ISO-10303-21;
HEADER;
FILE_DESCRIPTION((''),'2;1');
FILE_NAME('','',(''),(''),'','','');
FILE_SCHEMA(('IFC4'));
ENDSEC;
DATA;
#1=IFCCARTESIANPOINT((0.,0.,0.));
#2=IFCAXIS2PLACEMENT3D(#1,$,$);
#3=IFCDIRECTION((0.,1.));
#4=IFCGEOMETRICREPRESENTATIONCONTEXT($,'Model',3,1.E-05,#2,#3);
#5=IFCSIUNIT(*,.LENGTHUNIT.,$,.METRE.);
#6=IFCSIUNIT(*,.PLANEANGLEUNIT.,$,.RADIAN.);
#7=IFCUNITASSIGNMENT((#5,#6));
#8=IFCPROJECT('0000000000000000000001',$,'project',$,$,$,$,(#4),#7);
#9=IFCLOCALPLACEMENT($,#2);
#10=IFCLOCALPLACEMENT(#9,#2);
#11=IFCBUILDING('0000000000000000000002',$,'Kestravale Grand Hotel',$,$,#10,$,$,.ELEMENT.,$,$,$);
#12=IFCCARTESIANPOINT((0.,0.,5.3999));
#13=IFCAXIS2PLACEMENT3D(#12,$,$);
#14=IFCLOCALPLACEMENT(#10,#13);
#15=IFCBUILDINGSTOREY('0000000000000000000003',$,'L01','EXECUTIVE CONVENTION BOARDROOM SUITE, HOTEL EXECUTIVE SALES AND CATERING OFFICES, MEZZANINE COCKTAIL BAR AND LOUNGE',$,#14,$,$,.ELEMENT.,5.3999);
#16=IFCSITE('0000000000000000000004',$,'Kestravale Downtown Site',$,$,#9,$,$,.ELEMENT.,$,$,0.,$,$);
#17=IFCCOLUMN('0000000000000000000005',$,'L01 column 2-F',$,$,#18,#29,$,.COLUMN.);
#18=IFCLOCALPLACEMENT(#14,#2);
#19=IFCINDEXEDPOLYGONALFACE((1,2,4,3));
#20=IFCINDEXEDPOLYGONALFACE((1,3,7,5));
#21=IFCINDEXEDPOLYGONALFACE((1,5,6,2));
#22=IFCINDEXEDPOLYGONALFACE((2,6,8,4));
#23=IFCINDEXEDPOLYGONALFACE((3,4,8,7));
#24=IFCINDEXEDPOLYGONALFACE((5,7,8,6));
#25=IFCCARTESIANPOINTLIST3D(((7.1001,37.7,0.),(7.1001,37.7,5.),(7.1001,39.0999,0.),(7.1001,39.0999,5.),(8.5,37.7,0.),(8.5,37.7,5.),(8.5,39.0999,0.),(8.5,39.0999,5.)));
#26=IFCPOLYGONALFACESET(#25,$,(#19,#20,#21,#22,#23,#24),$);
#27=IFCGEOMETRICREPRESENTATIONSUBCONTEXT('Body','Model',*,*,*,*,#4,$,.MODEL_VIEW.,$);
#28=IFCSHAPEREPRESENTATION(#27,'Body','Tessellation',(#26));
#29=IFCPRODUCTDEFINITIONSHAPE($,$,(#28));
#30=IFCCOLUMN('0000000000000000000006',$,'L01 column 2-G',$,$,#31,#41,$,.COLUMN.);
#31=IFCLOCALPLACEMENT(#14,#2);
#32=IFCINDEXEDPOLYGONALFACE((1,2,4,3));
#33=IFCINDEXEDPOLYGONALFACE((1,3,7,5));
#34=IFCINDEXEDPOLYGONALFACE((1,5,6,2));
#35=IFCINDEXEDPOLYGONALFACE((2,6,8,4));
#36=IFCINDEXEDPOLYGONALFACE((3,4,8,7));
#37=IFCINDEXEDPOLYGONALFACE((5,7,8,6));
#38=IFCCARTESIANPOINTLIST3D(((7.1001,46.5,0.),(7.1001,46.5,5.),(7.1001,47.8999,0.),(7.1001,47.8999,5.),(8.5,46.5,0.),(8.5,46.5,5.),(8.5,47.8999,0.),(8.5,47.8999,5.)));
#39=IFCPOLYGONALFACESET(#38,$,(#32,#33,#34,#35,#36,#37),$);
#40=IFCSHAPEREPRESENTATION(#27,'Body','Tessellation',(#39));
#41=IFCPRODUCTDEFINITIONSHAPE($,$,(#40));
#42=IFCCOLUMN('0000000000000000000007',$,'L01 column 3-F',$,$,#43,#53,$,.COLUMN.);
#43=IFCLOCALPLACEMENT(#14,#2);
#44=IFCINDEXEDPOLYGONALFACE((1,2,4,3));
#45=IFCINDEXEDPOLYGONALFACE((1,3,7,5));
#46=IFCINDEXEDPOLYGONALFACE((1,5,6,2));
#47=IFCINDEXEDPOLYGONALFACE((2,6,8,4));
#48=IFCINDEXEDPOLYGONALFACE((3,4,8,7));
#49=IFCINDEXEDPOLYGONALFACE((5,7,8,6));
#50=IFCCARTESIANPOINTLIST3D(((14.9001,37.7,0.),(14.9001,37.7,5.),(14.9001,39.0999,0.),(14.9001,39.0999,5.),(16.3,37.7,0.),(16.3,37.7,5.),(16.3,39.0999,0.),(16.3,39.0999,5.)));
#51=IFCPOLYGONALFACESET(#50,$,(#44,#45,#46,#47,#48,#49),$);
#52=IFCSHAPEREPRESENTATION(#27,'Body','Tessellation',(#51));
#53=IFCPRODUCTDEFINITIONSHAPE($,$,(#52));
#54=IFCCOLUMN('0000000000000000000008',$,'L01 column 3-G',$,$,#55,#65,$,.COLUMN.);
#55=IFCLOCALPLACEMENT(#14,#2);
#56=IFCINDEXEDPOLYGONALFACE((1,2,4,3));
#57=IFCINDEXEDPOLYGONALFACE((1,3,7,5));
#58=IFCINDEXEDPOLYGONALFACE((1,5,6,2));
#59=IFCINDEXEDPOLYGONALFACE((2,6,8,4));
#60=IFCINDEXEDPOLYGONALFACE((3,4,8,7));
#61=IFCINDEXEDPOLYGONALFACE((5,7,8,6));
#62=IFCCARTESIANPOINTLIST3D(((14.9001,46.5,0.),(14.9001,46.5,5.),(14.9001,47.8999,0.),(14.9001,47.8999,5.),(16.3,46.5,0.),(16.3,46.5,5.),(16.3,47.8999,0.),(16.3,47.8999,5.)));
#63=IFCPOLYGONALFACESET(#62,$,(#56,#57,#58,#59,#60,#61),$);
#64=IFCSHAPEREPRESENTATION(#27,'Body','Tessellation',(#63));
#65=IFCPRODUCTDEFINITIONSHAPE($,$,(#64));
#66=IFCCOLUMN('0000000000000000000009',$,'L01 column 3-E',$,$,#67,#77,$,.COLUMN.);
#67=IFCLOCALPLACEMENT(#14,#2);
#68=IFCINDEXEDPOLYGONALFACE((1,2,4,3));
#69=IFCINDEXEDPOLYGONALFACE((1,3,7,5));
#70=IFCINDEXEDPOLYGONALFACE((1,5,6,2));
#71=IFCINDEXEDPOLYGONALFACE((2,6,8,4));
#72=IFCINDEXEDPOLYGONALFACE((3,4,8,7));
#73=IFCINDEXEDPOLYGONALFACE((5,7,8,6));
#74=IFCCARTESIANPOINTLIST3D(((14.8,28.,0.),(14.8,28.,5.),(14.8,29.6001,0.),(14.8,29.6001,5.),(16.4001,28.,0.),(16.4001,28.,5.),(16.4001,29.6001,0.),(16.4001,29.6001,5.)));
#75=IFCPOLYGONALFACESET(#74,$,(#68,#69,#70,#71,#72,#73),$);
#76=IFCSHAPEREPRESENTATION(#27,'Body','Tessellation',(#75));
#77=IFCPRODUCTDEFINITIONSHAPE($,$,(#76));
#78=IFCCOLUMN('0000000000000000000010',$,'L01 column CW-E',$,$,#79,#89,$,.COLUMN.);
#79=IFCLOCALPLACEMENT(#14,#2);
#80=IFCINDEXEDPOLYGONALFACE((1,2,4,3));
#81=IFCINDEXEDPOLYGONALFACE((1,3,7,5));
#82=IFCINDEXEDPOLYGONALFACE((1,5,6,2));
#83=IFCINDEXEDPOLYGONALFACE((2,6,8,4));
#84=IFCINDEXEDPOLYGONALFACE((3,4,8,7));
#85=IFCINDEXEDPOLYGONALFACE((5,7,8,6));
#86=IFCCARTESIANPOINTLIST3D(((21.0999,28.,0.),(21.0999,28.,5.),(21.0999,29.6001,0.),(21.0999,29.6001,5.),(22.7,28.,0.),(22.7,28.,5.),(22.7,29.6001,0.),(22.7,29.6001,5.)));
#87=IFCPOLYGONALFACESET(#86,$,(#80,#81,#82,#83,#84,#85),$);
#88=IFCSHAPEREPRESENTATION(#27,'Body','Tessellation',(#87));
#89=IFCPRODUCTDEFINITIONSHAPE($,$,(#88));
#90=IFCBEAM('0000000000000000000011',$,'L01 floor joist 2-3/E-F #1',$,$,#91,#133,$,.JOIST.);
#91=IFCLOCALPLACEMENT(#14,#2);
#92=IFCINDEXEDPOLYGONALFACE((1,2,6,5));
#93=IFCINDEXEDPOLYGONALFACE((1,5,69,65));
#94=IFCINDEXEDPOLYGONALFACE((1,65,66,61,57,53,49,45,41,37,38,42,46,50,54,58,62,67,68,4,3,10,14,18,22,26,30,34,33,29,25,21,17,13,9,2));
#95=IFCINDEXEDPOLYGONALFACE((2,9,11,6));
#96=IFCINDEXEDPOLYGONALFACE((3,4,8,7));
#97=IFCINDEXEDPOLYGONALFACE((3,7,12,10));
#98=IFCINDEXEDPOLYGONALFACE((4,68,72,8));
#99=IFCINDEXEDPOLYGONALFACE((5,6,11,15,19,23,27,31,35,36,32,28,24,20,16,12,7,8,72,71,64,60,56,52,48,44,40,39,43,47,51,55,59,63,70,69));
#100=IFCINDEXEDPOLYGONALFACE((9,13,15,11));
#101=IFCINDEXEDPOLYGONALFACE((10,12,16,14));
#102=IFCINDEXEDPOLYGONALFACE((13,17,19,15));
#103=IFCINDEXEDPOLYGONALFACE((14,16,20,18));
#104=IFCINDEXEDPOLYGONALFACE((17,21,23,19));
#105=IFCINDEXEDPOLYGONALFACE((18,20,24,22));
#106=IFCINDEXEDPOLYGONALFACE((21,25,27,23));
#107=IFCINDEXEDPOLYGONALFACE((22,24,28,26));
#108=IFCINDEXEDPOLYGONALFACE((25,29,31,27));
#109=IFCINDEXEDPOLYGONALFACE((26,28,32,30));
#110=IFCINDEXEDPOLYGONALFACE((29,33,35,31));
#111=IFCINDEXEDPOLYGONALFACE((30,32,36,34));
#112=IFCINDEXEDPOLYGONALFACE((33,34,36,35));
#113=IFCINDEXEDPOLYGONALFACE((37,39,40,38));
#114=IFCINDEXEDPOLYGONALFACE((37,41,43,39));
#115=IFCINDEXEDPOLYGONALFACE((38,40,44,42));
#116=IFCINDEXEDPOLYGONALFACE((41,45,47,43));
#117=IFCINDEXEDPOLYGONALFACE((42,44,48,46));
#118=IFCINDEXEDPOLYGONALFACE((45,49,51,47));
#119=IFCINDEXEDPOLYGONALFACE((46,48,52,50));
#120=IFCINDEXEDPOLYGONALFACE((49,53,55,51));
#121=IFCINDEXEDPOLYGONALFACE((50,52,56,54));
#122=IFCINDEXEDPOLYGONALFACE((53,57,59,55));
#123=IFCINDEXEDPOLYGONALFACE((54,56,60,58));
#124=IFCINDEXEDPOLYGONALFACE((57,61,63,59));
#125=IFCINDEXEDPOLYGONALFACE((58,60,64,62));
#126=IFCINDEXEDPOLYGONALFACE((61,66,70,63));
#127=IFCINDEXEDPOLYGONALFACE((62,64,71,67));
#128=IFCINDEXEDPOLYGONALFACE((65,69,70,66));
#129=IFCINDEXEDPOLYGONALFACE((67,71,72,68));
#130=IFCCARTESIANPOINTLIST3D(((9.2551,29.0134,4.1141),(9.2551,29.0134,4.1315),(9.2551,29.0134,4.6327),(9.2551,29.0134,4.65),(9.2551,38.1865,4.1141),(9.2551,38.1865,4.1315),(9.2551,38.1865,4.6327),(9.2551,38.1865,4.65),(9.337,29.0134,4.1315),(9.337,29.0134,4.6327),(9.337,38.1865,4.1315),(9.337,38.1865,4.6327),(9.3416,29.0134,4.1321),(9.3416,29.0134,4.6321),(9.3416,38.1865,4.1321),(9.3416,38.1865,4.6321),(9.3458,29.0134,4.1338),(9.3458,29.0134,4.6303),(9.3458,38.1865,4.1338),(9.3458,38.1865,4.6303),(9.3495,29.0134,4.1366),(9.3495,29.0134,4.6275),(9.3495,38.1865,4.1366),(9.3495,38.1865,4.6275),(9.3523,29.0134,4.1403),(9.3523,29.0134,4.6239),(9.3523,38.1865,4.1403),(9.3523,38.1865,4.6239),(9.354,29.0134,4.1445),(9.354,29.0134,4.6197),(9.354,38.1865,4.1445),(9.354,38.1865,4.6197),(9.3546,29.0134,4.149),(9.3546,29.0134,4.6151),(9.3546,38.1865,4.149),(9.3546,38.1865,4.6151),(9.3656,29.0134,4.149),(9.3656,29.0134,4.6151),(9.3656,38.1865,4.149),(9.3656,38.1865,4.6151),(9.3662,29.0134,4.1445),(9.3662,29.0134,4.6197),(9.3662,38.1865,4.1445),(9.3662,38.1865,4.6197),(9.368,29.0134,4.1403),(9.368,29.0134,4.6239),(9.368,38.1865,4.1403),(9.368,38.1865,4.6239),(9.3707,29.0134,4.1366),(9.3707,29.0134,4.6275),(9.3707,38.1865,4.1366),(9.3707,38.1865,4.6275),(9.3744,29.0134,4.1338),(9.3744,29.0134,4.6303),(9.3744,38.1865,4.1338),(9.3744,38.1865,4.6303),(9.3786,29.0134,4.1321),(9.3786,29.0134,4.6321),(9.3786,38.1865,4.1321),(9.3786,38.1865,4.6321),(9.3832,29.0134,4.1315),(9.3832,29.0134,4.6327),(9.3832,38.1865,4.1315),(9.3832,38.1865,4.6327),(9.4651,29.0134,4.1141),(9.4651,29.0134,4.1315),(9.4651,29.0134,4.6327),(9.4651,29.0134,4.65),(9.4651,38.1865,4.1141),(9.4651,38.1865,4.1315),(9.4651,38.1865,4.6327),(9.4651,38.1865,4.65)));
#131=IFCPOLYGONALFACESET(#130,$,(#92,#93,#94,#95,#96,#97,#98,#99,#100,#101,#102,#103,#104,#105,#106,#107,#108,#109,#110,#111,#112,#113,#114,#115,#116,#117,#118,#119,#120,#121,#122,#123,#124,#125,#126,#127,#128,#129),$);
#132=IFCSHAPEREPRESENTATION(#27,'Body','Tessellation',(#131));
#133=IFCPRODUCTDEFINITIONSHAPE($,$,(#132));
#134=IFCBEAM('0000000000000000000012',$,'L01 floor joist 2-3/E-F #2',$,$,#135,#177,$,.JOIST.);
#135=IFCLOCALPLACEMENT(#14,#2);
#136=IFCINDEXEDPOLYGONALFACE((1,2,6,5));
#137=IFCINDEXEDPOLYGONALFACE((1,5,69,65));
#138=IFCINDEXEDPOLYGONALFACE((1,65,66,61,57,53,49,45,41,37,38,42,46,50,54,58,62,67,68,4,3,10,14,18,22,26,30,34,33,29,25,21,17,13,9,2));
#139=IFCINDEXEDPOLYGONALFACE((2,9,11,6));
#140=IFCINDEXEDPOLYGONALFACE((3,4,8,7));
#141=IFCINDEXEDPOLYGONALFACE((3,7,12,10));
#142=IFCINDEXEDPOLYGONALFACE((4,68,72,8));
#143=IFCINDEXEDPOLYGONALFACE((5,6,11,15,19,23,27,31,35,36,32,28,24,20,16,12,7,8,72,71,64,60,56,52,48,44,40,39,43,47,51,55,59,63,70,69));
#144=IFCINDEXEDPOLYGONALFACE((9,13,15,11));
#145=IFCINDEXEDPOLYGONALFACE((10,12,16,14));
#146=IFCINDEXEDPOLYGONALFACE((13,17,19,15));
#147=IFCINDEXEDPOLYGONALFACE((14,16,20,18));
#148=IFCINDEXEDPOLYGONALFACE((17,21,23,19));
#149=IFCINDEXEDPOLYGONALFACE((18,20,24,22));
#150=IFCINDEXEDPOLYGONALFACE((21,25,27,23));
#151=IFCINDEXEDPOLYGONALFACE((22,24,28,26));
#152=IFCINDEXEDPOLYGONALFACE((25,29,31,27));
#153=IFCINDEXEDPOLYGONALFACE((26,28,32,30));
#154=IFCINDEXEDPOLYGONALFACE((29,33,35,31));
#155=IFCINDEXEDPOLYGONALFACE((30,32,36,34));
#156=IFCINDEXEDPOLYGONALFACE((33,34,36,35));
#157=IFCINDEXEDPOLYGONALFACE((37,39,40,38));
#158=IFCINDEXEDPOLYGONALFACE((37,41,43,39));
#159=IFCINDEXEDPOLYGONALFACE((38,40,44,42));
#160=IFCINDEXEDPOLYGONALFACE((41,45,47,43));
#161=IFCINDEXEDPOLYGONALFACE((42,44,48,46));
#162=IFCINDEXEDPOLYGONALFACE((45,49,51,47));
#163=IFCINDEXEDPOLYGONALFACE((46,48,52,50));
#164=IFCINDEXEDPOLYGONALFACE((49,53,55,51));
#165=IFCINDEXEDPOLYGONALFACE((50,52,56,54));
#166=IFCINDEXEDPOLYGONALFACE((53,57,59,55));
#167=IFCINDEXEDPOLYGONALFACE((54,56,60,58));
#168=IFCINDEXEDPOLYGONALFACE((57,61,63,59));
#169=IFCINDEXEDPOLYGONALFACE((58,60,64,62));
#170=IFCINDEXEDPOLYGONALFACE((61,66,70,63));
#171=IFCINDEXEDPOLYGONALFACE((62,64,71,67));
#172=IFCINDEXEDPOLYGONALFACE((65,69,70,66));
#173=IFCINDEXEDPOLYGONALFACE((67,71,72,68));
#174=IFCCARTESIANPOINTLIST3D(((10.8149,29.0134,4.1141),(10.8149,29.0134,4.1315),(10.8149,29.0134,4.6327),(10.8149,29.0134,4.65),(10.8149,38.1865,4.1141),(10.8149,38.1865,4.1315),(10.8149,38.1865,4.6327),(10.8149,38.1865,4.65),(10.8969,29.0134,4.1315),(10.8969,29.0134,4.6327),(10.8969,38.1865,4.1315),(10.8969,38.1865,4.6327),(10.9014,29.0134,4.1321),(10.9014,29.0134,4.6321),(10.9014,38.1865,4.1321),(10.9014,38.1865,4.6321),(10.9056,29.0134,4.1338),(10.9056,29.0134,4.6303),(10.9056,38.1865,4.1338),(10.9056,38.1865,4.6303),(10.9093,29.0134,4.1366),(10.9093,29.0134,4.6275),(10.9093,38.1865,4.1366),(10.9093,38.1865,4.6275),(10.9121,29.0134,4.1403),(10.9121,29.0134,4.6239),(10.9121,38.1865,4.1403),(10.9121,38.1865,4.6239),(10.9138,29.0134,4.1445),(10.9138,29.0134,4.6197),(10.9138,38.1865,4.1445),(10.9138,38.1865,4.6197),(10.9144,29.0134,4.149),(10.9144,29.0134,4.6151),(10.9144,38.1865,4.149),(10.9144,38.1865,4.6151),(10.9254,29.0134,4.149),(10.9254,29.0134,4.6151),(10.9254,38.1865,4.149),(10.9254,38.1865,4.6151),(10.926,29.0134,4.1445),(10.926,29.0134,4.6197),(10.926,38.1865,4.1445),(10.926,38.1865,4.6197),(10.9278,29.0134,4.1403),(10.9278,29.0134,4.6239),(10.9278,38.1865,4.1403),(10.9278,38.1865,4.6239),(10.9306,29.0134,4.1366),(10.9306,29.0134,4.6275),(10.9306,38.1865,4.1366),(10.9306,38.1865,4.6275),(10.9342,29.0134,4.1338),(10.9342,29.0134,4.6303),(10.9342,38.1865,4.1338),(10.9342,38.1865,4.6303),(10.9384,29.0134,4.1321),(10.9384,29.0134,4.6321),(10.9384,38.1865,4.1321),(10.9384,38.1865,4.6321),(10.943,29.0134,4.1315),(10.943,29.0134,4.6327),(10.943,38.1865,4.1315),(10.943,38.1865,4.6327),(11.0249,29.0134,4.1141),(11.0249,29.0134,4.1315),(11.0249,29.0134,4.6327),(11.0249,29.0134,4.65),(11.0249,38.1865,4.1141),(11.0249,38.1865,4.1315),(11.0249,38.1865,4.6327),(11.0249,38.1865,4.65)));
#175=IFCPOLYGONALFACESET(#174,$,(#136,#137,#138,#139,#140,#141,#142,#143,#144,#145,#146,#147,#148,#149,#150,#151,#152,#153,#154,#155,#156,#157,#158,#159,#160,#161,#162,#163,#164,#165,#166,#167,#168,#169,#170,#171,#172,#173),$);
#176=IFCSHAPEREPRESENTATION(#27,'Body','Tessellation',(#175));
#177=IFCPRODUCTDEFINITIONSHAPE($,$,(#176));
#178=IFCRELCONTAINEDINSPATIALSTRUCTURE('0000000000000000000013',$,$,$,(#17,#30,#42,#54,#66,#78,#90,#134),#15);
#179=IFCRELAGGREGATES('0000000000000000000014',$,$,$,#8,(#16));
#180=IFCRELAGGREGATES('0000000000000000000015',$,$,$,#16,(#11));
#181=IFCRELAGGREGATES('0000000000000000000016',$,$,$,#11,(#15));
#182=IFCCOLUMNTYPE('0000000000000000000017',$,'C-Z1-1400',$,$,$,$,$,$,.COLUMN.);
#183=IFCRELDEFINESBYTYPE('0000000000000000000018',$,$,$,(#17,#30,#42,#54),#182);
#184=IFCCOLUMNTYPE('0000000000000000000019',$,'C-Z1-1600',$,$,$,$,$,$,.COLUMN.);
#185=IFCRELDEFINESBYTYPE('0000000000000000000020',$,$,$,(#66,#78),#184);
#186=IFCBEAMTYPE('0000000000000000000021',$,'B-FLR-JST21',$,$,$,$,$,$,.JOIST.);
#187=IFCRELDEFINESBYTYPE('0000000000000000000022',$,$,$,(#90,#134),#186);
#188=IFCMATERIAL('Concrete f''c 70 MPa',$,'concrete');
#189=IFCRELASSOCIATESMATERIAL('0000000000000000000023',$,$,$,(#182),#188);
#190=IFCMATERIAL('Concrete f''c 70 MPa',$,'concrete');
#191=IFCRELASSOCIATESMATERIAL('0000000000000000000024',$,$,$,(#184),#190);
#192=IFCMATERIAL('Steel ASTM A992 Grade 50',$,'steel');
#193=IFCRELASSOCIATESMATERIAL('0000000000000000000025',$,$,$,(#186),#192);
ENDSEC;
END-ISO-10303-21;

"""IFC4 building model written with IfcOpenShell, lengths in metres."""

from ifc_helpers import new_model, si_unit, direction, frame, origin, origin_2d, place, context, subcontext, project, spatial, rectangle, i_section, extrude, material, material_profile, profile_set, type_object, element, save


model = new_model("IFC4")

# Units and contexts
model_context = context("Model", 3, precision=1e-05, world=origin(), true_north=direction((0.0, 1.0)))
body_context = subcontext(model_context, "Body", "Model", "MODEL_VIEW")
ifc_project = project(units=[si_unit("LENGTHUNIT", "METRE"), si_unit("PLANEANGLEUNIT", "RADIAN")], contexts=[model_context])

# Site, building, storey
site_placement = place(None, origin())
site = spatial("IfcSite", under=ifc_project, at=site_placement, Name="Kestravale Downtown Site", CompositionType="ELEMENT", RefElevation=0.0)
building_placement = place(site_placement, origin())
building = spatial("IfcBuilding", under=site, at=building_placement, Name="Kestravale Grand Hotel", CompositionType="ELEMENT")
storey_placement = place(building_placement, frame((0.0, 0.0, 5.3999)))
storey = spatial("IfcBuildingStorey", under=building, at=storey_placement, Name="L01", Description="EXECUTIVE CONVENTION BOARDROOM SUITE, HOTEL EXECUTIVE SALES AND CATERING OFFICES, MEZZANINE COCKTAIL BAR AND LOUNGE", CompositionType="ELEMENT", Elevation=5.3999)

# Columns
ifc_material_1 = material(Name="Concrete f'c 70 MPa", Category="concrete")
ifc_material_profile_1 = material_profile(ifc_material_1, rectangle(XDim=1.3999, YDim=1.3999, at=origin_2d()))
ifc_profile_set_1 = profile_set([ifc_material_profile_1], Name="Concrete f'c 70 MPa")
column_type_1 = type_object("IfcColumnType", Name="C-Z1-1400", PredefinedType="COLUMN", material=ifc_profile_set_1)
for number, where, z_axis, x_axis, name in (
    (1, (7.8, 38.3999, 0.0), (0.0, 0.0, 1.0), (1.0, 0.0, 0.0), "L01 column 2-F"),
    (2, (7.8, 47.2, 0.0), (0.0, 0.0, 1.0), (1.0, 0.0, 0.0), "L01 column 2-G"),
    (3, (15.6001, 38.3999, 0.0), (0.0, 0.0, 1.0), (1.0, 0.0, 0.0), "L01 column 3-F"),
    (4, (15.6001, 47.2, 0.0), (0.0, 0.0, 1.0), (1.0, 0.0, 0.0), "L01 column 3-G"),
):
    element("IfcColumn", number, at=place(storey_placement, frame(where, z_axis=z_axis, x_axis=x_axis)), inside=storey, type_object=column_type_1, Name=name, PredefinedType="COLUMN", context=body_context, shape_type="SweptSolid", body=[
        extrude(rectangle(XDim=1.3999, YDim=1.3999, at=origin_2d()), origin(), (0.0, 0.0, 1.0), 5.0),
    ])
ifc_material_2 = material(Name="Concrete f'c 70 MPa", Category="concrete")
ifc_material_profile_2 = material_profile(ifc_material_2, rectangle(XDim=1.6001, YDim=1.6001, at=origin_2d()))
ifc_profile_set_2 = profile_set([ifc_material_profile_2], Name="Concrete f'c 70 MPa")
column_type_2 = type_object("IfcColumnType", Name="C-Z1-1600", PredefinedType="COLUMN", material=ifc_profile_set_2)
for number, where, z_axis, x_axis, name in (
    (5, (15.6001, 28.8, 0.0), (0.0, 0.0, 1.0), (1.0, 0.0, 0.0), "L01 column 3-E"),
    (6, (21.8999, 28.8, 0.0), (0.0, 0.0, 1.0), (1.0, 0.0, 0.0), "L01 column CW-E"),
):
    element("IfcColumn", number, at=place(storey_placement, frame(where, z_axis=z_axis, x_axis=x_axis)), inside=storey, type_object=column_type_2, Name=name, PredefinedType="COLUMN", context=body_context, shape_type="SweptSolid", body=[
        extrude(rectangle(XDim=1.6001, YDim=1.6001, at=origin_2d()), origin(), (0.0, 0.0, 1.0), 5.0),
    ])

# Beams
ifc_material_3 = material(Name="Steel ASTM A992 Grade 50", Category="steel")
ifc_material_profile_3 = material_profile(ifc_material_3, i_section(OverallWidth=0.21, OverallDepth=0.5359, WebThickness=0.011, FlangeThickness=0.0173, FilletRadius=0.0176, at=origin_2d()))
ifc_profile_set_3 = profile_set([ifc_material_profile_3], Name="Steel ASTM A992 Grade 50")
beam_type_1 = type_object("IfcBeamType", Name="B-FLR-JST21", PredefinedType="JOIST", material=ifc_profile_set_3)
for number, where, z_axis, x_axis, name in (
    (7, (9.3601, 29.0134, 4.3821), (0.0, 1.0, 0.0), (-1.0, 0.0, 0.0), "L01 floor joist 2-3/E-F #1"),
    (8, (10.9199, 29.0134, 4.3821), (0.0, 1.0, 0.0), (-1.0, 0.0, 0.0), "L01 floor joist 2-3/E-F #2"),
):
    element("IfcBeam", number, at=place(storey_placement, frame(where, z_axis=z_axis, x_axis=x_axis)), inside=storey, type_object=beam_type_1, Name=name, PredefinedType="JOIST", context=body_context, shape_type="SweptSolid", body=[
        extrude(i_section(OverallWidth=0.21, OverallDepth=0.5359, WebThickness=0.011, FlangeThickness=0.0173, FilletRadius=0.0176, at=origin_2d()), origin(), (0.0, 0.0, 1.0), 9.1731),
    ])

save(model, "model.ifc")
